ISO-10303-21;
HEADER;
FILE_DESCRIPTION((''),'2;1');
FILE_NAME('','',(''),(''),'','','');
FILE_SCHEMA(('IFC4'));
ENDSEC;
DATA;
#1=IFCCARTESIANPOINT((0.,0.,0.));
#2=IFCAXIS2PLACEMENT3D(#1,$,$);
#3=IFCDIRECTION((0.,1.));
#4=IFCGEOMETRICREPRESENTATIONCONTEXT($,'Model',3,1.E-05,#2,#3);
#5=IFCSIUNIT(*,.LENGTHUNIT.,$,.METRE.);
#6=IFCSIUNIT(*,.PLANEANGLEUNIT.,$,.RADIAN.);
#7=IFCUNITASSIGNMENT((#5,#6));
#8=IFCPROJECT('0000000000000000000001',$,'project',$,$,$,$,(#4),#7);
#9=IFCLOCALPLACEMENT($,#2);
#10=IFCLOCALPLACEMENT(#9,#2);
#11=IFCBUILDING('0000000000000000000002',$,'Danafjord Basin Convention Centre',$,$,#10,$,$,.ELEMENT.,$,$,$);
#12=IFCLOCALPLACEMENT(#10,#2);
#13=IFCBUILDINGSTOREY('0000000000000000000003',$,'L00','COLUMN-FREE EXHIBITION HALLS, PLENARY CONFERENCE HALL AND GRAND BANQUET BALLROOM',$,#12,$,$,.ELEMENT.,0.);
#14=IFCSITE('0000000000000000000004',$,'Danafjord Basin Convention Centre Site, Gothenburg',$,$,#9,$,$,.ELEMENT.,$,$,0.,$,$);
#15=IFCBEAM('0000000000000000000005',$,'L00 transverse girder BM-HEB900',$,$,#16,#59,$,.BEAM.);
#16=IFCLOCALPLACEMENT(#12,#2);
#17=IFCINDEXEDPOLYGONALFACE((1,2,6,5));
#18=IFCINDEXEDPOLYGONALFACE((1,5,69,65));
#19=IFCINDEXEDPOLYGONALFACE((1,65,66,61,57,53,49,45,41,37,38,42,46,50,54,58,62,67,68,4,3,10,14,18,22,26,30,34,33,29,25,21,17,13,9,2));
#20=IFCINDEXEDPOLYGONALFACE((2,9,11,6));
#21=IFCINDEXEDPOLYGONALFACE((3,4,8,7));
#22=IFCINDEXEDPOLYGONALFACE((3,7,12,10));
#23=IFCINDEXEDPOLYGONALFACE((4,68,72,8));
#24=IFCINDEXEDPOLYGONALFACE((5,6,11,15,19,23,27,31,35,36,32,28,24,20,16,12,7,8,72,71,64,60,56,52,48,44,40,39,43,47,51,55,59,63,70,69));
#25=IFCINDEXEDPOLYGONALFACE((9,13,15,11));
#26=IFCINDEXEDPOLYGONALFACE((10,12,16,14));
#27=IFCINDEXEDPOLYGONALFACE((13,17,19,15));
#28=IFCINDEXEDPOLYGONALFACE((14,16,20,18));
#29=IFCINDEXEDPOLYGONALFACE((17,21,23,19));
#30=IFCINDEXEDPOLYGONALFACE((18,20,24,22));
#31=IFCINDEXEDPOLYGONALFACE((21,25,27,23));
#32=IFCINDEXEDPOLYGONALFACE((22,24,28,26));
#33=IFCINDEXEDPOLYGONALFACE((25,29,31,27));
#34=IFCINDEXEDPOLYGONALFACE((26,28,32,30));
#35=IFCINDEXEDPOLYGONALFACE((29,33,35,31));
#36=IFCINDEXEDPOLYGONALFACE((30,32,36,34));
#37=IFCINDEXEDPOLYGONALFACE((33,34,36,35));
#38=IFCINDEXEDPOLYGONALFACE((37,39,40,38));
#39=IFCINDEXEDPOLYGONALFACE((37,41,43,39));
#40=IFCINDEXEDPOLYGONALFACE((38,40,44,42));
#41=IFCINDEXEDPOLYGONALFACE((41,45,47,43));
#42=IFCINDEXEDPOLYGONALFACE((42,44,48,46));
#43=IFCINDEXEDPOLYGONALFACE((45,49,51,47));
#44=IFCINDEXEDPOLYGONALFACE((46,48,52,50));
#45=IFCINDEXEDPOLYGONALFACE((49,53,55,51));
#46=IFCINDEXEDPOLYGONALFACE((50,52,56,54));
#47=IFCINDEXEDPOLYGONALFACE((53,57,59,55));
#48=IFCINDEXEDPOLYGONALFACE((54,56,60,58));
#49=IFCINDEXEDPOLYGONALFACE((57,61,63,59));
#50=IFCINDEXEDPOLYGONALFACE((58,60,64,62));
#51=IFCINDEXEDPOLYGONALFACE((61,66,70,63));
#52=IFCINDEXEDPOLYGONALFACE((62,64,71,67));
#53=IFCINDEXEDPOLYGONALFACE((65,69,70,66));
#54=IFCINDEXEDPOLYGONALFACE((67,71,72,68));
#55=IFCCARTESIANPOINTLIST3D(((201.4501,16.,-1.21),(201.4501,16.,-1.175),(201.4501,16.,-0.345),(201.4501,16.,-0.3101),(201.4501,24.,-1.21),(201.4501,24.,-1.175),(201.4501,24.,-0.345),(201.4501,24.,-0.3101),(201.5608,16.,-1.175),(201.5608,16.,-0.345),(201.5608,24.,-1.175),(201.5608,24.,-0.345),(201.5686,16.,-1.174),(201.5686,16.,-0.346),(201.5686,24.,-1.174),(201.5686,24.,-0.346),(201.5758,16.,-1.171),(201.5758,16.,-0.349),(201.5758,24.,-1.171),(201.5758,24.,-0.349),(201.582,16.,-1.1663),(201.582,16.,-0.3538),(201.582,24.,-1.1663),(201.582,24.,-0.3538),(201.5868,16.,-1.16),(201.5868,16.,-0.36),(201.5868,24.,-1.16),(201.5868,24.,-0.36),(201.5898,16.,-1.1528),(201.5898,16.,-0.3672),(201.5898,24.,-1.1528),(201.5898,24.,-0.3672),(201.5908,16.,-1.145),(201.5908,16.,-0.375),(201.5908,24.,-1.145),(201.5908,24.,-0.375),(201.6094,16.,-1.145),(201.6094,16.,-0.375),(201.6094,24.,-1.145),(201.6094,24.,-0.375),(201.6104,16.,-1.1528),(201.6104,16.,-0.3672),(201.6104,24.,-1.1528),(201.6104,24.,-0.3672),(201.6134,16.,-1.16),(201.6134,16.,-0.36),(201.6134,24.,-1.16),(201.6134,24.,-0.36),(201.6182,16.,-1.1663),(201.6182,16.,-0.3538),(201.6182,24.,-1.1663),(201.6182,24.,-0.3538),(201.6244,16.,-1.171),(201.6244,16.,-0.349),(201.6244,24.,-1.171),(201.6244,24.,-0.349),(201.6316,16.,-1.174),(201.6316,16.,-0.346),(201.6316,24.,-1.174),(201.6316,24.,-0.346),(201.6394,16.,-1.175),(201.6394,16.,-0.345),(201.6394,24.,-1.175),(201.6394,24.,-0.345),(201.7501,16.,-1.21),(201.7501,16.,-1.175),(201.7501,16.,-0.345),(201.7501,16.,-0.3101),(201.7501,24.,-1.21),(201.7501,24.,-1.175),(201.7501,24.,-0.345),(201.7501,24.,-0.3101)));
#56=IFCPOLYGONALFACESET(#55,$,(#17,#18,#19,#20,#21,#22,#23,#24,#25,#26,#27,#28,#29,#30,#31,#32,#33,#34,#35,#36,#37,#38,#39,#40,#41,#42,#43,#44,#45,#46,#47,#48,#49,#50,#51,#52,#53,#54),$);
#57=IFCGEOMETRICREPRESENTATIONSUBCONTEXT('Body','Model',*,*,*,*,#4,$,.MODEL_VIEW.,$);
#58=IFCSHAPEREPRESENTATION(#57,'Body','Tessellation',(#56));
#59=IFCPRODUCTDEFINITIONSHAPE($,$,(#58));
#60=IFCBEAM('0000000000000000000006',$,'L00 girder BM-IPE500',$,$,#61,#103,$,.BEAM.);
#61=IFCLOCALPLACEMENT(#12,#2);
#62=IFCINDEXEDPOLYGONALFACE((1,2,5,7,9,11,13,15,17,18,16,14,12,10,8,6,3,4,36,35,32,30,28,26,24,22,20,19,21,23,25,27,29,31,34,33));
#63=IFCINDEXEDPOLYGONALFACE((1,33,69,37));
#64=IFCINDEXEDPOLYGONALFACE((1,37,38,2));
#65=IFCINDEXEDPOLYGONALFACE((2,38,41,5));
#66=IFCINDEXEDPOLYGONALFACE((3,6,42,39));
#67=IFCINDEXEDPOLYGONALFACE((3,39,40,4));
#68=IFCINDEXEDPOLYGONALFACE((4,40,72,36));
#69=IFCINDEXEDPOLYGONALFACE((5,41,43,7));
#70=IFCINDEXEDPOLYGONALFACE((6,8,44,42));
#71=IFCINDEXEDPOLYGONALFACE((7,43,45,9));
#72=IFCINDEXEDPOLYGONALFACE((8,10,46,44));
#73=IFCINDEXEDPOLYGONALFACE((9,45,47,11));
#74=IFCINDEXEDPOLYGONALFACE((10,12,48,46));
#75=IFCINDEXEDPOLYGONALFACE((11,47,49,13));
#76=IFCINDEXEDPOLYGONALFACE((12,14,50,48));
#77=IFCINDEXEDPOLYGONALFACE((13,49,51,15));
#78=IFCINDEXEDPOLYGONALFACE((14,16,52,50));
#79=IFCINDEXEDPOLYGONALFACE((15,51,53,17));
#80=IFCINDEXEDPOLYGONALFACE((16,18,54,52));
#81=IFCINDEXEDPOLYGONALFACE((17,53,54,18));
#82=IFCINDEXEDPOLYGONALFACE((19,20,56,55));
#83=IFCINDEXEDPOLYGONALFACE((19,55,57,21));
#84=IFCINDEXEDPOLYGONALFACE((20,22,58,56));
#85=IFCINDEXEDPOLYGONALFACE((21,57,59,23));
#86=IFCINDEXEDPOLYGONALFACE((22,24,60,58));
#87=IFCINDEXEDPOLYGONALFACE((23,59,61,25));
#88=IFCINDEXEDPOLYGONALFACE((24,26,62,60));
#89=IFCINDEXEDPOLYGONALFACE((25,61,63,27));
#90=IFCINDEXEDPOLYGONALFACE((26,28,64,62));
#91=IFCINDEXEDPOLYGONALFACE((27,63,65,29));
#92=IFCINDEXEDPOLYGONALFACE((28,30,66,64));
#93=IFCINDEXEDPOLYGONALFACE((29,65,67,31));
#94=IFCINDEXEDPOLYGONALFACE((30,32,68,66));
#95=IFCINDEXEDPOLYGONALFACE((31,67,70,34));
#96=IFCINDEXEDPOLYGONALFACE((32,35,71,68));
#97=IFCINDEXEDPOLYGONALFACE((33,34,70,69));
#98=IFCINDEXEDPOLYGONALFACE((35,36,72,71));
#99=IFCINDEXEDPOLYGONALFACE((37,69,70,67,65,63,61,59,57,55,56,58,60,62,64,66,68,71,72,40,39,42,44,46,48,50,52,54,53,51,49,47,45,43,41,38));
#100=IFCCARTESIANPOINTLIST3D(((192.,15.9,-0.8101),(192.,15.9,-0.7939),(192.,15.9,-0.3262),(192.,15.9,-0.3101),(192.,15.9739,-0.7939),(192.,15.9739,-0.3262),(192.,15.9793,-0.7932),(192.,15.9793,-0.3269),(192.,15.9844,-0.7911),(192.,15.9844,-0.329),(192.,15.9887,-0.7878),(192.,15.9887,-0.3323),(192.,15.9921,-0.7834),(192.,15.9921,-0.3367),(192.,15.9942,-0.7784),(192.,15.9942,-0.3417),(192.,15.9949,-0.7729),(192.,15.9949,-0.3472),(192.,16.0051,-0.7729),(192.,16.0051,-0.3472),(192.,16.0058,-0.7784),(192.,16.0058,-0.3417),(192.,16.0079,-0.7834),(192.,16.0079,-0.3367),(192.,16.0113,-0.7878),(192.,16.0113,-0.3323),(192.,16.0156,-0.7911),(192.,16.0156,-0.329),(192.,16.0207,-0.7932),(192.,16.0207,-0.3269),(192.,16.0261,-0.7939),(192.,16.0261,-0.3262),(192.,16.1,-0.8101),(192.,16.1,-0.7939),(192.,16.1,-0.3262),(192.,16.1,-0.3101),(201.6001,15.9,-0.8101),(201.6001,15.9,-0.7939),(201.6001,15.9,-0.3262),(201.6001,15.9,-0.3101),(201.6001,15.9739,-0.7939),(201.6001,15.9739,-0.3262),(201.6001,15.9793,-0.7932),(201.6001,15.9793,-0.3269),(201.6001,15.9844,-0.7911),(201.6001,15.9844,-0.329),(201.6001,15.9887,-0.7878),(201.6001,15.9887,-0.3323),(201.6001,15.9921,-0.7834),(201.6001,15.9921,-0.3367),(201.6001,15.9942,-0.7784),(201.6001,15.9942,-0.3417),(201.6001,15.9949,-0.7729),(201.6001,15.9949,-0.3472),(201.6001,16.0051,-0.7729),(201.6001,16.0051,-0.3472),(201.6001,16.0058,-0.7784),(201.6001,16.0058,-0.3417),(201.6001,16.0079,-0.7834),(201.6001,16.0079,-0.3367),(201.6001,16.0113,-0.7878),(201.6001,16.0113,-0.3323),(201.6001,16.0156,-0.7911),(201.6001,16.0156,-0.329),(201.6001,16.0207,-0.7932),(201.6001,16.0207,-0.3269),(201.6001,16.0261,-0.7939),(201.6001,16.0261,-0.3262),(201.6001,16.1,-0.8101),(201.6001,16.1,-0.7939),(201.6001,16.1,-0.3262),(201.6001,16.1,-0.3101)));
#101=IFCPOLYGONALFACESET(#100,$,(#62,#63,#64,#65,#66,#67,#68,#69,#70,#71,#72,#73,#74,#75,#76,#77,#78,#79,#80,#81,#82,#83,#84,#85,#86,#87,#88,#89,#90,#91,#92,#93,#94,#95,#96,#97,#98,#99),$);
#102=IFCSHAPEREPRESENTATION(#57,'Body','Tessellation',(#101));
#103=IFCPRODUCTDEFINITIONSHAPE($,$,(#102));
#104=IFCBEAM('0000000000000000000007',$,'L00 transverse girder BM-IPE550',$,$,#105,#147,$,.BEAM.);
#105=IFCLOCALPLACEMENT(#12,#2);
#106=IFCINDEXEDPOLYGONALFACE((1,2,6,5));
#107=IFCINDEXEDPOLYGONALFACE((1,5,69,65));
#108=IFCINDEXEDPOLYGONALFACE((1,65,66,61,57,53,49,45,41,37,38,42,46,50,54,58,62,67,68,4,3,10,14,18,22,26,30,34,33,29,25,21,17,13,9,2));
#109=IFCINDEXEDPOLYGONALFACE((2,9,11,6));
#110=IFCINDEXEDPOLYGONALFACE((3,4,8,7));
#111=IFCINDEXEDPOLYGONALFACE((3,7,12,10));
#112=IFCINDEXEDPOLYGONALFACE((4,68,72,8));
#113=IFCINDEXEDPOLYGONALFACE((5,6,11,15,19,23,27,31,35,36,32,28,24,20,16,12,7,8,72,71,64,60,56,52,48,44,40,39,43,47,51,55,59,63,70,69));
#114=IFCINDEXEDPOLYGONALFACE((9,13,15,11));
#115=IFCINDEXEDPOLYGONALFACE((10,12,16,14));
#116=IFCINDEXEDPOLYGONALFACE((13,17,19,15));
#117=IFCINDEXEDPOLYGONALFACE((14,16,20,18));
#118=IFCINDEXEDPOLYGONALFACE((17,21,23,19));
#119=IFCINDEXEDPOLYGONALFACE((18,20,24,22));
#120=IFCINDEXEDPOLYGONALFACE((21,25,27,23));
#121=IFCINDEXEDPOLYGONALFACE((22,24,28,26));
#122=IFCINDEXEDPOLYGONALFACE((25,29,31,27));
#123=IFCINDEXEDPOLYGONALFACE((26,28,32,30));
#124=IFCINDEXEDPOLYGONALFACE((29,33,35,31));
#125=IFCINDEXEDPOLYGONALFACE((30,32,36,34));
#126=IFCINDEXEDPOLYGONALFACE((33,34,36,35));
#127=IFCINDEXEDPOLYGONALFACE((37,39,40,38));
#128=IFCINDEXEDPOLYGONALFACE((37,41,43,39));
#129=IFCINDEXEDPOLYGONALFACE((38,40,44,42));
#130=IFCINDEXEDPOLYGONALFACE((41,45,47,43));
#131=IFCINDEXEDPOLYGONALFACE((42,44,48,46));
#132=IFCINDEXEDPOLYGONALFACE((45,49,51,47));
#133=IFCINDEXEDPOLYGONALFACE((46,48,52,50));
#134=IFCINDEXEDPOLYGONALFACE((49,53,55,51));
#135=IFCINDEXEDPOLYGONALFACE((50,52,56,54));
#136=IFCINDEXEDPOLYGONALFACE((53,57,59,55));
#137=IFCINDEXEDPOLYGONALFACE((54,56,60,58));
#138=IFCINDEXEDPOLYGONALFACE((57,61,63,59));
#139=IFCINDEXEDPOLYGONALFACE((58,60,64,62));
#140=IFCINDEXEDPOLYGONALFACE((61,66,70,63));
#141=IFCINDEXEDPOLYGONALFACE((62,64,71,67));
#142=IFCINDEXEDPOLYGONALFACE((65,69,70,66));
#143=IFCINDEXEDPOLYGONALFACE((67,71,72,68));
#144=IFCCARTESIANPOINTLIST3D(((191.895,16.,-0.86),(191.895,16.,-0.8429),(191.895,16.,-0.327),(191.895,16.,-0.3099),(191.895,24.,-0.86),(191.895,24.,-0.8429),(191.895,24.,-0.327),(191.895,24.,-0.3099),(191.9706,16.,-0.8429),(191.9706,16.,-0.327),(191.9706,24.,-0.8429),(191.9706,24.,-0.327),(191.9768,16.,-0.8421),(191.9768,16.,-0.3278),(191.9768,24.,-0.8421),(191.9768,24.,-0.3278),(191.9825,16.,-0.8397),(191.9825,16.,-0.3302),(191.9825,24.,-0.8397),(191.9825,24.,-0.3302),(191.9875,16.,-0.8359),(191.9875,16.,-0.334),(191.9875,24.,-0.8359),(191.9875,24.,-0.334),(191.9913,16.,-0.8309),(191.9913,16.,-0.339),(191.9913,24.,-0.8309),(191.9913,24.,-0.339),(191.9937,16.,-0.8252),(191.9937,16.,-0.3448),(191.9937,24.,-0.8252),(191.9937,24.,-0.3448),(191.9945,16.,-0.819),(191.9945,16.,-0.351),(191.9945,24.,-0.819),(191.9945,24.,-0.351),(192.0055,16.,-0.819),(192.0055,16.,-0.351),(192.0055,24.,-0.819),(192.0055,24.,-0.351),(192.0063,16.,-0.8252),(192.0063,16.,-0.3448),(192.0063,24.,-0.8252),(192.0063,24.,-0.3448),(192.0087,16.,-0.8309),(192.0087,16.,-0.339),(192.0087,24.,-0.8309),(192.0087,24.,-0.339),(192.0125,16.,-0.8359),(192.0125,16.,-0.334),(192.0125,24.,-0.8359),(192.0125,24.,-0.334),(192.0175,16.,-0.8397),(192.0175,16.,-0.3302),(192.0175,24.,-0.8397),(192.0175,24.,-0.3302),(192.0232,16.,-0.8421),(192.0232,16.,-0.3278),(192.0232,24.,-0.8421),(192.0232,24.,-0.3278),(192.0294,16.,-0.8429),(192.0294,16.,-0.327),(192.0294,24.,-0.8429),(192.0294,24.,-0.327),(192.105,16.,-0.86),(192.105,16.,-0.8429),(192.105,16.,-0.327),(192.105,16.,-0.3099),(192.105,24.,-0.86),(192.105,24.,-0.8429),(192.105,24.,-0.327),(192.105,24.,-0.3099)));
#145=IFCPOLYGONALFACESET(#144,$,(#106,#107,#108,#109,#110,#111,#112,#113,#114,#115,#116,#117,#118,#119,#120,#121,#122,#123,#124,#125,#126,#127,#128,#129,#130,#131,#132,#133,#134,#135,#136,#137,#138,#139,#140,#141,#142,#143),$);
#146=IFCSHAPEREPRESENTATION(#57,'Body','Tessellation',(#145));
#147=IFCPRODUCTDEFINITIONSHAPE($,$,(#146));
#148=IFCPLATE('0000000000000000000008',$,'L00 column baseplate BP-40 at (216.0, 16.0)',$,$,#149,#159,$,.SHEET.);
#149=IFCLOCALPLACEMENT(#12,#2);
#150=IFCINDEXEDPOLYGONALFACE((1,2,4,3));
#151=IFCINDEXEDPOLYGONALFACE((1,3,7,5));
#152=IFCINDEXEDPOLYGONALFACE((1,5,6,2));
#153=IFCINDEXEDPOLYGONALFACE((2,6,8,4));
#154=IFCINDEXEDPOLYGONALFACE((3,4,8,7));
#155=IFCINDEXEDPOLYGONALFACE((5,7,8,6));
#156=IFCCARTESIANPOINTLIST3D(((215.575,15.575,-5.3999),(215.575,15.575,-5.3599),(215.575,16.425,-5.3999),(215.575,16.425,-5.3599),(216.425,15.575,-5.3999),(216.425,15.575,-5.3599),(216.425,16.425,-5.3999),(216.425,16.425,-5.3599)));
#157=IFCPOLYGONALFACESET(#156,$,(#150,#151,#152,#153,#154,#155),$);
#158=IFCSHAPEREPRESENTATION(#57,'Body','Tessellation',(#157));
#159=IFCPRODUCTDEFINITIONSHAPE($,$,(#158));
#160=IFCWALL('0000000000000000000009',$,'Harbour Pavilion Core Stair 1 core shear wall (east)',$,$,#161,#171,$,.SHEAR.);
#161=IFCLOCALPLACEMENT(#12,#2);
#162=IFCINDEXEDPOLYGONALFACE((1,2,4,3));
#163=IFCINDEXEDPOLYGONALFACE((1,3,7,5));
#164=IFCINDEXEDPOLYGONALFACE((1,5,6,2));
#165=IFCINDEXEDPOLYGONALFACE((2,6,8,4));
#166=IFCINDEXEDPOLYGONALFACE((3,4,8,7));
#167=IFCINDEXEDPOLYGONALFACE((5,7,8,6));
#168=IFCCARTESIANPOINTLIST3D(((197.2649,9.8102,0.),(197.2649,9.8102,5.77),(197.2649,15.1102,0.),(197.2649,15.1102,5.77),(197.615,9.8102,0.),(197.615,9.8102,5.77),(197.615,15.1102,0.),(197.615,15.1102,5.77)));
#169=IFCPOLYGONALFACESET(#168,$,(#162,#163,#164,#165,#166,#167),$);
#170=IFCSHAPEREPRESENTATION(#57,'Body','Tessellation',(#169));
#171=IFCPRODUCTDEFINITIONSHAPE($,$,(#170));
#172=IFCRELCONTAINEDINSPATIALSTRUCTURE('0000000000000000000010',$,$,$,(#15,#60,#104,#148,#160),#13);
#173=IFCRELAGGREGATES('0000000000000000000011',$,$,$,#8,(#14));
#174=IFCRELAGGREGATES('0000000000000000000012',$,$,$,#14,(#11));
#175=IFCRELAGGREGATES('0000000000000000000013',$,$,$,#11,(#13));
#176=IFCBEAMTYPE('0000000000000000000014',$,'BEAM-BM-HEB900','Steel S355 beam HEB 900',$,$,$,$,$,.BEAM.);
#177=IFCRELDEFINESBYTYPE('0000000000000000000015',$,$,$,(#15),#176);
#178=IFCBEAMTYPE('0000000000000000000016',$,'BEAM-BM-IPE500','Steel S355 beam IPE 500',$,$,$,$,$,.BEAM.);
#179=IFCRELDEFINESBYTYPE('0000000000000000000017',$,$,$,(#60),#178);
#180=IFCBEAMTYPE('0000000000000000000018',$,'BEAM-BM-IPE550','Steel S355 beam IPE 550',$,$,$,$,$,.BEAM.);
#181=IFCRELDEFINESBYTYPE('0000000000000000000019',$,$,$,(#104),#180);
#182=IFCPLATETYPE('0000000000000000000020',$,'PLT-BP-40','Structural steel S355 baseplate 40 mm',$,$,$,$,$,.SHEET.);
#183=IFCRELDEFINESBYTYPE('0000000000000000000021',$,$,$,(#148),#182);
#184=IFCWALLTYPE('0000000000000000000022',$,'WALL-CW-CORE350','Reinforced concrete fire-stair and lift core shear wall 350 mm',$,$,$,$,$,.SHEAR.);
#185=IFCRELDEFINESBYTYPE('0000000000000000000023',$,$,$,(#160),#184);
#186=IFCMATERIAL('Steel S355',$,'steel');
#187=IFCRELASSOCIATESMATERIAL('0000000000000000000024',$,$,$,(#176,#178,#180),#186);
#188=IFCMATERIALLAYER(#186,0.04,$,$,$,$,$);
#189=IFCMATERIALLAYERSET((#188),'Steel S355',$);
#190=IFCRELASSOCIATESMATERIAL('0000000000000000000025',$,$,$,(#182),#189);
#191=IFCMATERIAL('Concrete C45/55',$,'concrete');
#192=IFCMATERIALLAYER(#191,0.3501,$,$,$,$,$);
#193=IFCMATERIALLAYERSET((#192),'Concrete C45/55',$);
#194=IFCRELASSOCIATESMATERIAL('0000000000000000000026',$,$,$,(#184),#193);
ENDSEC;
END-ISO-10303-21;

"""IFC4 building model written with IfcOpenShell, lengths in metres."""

from ifc_helpers import new_model, si_unit, direction, frame, frame_2d, origin, origin_2d, place, context, subcontext, project, spatial, rectangle, i_section, extrude, material, layer, layer_set, material_profile, profile_set, type_object, element, save


model = new_model("IFC4")

# Units and contexts
model_context = context("Model", 3, precision=1e-05, world=origin(), true_north=direction((0.0, 1.0)))
body_context = subcontext(model_context, "Body", "Model", "MODEL_VIEW")
ifc_project = project(units=[si_unit("LENGTHUNIT", "METRE"), si_unit("PLANEANGLEUNIT", "RADIAN")], contexts=[model_context])

# Site, building, storey
site_placement = place(None, origin())
site = spatial("IfcSite", under=ifc_project, at=site_placement, Name="Danafjord Basin Convention Centre Site, Gothenburg", CompositionType="ELEMENT", RefElevation=0.0)
building_placement = place(site_placement, origin())
building = spatial("IfcBuilding", under=site, at=building_placement, Name="Danafjord Basin Convention Centre", CompositionType="ELEMENT")
storey_placement = place(building_placement, origin())
storey = spatial("IfcBuildingStorey", under=building, at=storey_placement, Name="L00", Description="COLUMN-FREE EXHIBITION HALLS, PLENARY CONFERENCE HALL AND GRAND BANQUET BALLROOM", CompositionType="ELEMENT", Elevation=0.0)

# Shared definitions
ifc_material_1 = material(Name="Steel S355", Category="steel")

# Beams
ifc_material_profile_1 = material_profile(ifc_material_1, i_section(OverallWidth=0.3, OverallDepth=0.8999, WebThickness=0.0186, FlangeThickness=0.0349, FilletRadius=0.03, at=origin_2d()), Name="HEB 900")
ifc_profile_set_1 = profile_set([ifc_material_profile_1], Name="Steel S355")
beam_type_1 = type_object("IfcBeamType", Name="BEAM-BM-HEB900", Description="Steel S355 beam HEB 900", PredefinedType="BEAM", material=ifc_profile_set_1)
for number, where, z_axis, x_axis, name in (
    (1, (201.6001, 16.0, -0.76), (0.0, 1.0, 0.0), (-1.0, 0.0, 0.0), "L00 transverse girder BM-HEB900"),
):
    element("IfcBeam", number, at=place(storey_placement, frame(where, z_axis=z_axis, x_axis=x_axis)), inside=storey, type_object=beam_type_1, Name=name, PredefinedType="BEAM", context=body_context, shape_type="SweptSolid", body=[
        extrude(i_section(OverallWidth=0.3, OverallDepth=0.8999, WebThickness=0.0186, FlangeThickness=0.0349, FilletRadius=0.03, at=origin_2d()), origin(), (0.0, 0.0, 1.0), 8.0),
    ])
ifc_material_profile_2 = material_profile(ifc_material_1, i_section(OverallWidth=0.2, OverallDepth=0.5, WebThickness=0.0103, FlangeThickness=0.0161, FilletRadius=0.021, at=origin_2d()), Name="IPE 500")
ifc_profile_set_2 = profile_set([ifc_material_profile_2], Name="Steel S355")
beam_type_2 = type_object("IfcBeamType", Name="BEAM-BM-IPE500", Description="Steel S355 beam IPE 500", PredefinedType="BEAM", material=ifc_profile_set_2)
beam_1_placement = place(storey_placement, frame((192.0, 16.0, -0.5601), z_axis=(1.0, 0.0, 0.0), x_axis=(0.0, 1.0, 0.0)))
element("IfcBeam", 2, at=beam_1_placement, inside=storey, type_object=beam_type_2, Name="L00 girder BM-IPE500", PredefinedType="BEAM", context=body_context, shape_type="SweptSolid", body=[
    extrude(i_section(OverallWidth=0.2, OverallDepth=0.5, WebThickness=0.0103, FlangeThickness=0.0161, FilletRadius=0.021, at=origin_2d()), origin(), (0.0, 0.0, 1.0), 9.6001),
])
ifc_material_profile_3 = material_profile(ifc_material_1, i_section(OverallWidth=0.21, OverallDepth=0.55, WebThickness=0.011, FlangeThickness=0.0171, FilletRadius=0.0239, at=origin_2d()), Name="IPE 550")
ifc_profile_set_3 = profile_set([ifc_material_profile_3], Name="Steel S355")
beam_type_3 = type_object("IfcBeamType", Name="BEAM-BM-IPE550", Description="Steel S355 beam IPE 550", PredefinedType="BEAM", material=ifc_profile_set_3)
beam_2_placement = place(storey_placement, frame((192.0, 16.0, -0.585), z_axis=(0.0, 1.0, 0.0), x_axis=(-1.0, 0.0, 0.0)))
element("IfcBeam", 3, at=beam_2_placement, inside=storey, type_object=beam_type_3, Name="L00 transverse girder BM-IPE550", PredefinedType="BEAM", context=body_context, shape_type="SweptSolid", body=[
    extrude(i_section(OverallWidth=0.21, OverallDepth=0.55, WebThickness=0.011, FlangeThickness=0.0171, FilletRadius=0.0239, at=origin_2d()), origin(), (0.0, 0.0, 1.0), 8.0),
])

# Plate
ifc_layer_1 = layer(ifc_material_1, 0.04)
ifc_layer_set_1 = layer_set([ifc_layer_1], Name="Steel S355")
plate_type = type_object("IfcPlateType", Name="PLT-BP-40", Description="Structural steel S355 baseplate 40 mm", PredefinedType="SHEET", material=ifc_layer_set_1)
plate_placement = place(storey_placement, frame((216.0, 16.0, -5.3999), z_axis=(0.0, 0.0, 1.0), x_axis=(1.0, 0.0, 0.0)))
element("IfcPlate", 4, at=plate_placement, inside=storey, type_object=plate_type, Name="L00 column baseplate BP-40 at (216.0, 16.0)", PredefinedType="SHEET", context=body_context, shape_type="SweptSolid", body=[
    extrude(rectangle(XDim=0.8501, YDim=0.8501, at=origin_2d()), origin(), (0.0, 0.0, 1.0), 0.04),
])

# Wall
ifc_material_2 = material(Name="Concrete C45/55", Category="concrete")
ifc_layer_2 = layer(ifc_material_2, 0.3501)
ifc_layer_set_2 = layer_set([ifc_layer_2], Name="Concrete C45/55")
wall_type_1 = type_object("IfcWallType", Name="WALL-CW-CORE350", Description="Reinforced concrete fire-stair and lift core shear wall 350 mm", PredefinedType="SHEAR", material=ifc_layer_set_2)
wall_1_placement = place(storey_placement, frame((197.4399, 15.1101, 0.0), z_axis=(0.0, 0.0, 1.0), x_axis=(0.0, -1.0, 0.0)))
element("IfcWall", 5, at=wall_1_placement, inside=storey, type_object=wall_type_1, Name="Harbour Pavilion Core Stair 1 core shear wall (east)", PredefinedType="SHEAR", context=body_context, shape_type="SweptSolid", body=[
    extrude(rectangle(XDim=5.3, YDim=0.3501, at=frame_2d((2.6499, 0.0))), origin(), (0.0, 0.0, 1.0), 5.77),
])

save(model, "model.ifc")
